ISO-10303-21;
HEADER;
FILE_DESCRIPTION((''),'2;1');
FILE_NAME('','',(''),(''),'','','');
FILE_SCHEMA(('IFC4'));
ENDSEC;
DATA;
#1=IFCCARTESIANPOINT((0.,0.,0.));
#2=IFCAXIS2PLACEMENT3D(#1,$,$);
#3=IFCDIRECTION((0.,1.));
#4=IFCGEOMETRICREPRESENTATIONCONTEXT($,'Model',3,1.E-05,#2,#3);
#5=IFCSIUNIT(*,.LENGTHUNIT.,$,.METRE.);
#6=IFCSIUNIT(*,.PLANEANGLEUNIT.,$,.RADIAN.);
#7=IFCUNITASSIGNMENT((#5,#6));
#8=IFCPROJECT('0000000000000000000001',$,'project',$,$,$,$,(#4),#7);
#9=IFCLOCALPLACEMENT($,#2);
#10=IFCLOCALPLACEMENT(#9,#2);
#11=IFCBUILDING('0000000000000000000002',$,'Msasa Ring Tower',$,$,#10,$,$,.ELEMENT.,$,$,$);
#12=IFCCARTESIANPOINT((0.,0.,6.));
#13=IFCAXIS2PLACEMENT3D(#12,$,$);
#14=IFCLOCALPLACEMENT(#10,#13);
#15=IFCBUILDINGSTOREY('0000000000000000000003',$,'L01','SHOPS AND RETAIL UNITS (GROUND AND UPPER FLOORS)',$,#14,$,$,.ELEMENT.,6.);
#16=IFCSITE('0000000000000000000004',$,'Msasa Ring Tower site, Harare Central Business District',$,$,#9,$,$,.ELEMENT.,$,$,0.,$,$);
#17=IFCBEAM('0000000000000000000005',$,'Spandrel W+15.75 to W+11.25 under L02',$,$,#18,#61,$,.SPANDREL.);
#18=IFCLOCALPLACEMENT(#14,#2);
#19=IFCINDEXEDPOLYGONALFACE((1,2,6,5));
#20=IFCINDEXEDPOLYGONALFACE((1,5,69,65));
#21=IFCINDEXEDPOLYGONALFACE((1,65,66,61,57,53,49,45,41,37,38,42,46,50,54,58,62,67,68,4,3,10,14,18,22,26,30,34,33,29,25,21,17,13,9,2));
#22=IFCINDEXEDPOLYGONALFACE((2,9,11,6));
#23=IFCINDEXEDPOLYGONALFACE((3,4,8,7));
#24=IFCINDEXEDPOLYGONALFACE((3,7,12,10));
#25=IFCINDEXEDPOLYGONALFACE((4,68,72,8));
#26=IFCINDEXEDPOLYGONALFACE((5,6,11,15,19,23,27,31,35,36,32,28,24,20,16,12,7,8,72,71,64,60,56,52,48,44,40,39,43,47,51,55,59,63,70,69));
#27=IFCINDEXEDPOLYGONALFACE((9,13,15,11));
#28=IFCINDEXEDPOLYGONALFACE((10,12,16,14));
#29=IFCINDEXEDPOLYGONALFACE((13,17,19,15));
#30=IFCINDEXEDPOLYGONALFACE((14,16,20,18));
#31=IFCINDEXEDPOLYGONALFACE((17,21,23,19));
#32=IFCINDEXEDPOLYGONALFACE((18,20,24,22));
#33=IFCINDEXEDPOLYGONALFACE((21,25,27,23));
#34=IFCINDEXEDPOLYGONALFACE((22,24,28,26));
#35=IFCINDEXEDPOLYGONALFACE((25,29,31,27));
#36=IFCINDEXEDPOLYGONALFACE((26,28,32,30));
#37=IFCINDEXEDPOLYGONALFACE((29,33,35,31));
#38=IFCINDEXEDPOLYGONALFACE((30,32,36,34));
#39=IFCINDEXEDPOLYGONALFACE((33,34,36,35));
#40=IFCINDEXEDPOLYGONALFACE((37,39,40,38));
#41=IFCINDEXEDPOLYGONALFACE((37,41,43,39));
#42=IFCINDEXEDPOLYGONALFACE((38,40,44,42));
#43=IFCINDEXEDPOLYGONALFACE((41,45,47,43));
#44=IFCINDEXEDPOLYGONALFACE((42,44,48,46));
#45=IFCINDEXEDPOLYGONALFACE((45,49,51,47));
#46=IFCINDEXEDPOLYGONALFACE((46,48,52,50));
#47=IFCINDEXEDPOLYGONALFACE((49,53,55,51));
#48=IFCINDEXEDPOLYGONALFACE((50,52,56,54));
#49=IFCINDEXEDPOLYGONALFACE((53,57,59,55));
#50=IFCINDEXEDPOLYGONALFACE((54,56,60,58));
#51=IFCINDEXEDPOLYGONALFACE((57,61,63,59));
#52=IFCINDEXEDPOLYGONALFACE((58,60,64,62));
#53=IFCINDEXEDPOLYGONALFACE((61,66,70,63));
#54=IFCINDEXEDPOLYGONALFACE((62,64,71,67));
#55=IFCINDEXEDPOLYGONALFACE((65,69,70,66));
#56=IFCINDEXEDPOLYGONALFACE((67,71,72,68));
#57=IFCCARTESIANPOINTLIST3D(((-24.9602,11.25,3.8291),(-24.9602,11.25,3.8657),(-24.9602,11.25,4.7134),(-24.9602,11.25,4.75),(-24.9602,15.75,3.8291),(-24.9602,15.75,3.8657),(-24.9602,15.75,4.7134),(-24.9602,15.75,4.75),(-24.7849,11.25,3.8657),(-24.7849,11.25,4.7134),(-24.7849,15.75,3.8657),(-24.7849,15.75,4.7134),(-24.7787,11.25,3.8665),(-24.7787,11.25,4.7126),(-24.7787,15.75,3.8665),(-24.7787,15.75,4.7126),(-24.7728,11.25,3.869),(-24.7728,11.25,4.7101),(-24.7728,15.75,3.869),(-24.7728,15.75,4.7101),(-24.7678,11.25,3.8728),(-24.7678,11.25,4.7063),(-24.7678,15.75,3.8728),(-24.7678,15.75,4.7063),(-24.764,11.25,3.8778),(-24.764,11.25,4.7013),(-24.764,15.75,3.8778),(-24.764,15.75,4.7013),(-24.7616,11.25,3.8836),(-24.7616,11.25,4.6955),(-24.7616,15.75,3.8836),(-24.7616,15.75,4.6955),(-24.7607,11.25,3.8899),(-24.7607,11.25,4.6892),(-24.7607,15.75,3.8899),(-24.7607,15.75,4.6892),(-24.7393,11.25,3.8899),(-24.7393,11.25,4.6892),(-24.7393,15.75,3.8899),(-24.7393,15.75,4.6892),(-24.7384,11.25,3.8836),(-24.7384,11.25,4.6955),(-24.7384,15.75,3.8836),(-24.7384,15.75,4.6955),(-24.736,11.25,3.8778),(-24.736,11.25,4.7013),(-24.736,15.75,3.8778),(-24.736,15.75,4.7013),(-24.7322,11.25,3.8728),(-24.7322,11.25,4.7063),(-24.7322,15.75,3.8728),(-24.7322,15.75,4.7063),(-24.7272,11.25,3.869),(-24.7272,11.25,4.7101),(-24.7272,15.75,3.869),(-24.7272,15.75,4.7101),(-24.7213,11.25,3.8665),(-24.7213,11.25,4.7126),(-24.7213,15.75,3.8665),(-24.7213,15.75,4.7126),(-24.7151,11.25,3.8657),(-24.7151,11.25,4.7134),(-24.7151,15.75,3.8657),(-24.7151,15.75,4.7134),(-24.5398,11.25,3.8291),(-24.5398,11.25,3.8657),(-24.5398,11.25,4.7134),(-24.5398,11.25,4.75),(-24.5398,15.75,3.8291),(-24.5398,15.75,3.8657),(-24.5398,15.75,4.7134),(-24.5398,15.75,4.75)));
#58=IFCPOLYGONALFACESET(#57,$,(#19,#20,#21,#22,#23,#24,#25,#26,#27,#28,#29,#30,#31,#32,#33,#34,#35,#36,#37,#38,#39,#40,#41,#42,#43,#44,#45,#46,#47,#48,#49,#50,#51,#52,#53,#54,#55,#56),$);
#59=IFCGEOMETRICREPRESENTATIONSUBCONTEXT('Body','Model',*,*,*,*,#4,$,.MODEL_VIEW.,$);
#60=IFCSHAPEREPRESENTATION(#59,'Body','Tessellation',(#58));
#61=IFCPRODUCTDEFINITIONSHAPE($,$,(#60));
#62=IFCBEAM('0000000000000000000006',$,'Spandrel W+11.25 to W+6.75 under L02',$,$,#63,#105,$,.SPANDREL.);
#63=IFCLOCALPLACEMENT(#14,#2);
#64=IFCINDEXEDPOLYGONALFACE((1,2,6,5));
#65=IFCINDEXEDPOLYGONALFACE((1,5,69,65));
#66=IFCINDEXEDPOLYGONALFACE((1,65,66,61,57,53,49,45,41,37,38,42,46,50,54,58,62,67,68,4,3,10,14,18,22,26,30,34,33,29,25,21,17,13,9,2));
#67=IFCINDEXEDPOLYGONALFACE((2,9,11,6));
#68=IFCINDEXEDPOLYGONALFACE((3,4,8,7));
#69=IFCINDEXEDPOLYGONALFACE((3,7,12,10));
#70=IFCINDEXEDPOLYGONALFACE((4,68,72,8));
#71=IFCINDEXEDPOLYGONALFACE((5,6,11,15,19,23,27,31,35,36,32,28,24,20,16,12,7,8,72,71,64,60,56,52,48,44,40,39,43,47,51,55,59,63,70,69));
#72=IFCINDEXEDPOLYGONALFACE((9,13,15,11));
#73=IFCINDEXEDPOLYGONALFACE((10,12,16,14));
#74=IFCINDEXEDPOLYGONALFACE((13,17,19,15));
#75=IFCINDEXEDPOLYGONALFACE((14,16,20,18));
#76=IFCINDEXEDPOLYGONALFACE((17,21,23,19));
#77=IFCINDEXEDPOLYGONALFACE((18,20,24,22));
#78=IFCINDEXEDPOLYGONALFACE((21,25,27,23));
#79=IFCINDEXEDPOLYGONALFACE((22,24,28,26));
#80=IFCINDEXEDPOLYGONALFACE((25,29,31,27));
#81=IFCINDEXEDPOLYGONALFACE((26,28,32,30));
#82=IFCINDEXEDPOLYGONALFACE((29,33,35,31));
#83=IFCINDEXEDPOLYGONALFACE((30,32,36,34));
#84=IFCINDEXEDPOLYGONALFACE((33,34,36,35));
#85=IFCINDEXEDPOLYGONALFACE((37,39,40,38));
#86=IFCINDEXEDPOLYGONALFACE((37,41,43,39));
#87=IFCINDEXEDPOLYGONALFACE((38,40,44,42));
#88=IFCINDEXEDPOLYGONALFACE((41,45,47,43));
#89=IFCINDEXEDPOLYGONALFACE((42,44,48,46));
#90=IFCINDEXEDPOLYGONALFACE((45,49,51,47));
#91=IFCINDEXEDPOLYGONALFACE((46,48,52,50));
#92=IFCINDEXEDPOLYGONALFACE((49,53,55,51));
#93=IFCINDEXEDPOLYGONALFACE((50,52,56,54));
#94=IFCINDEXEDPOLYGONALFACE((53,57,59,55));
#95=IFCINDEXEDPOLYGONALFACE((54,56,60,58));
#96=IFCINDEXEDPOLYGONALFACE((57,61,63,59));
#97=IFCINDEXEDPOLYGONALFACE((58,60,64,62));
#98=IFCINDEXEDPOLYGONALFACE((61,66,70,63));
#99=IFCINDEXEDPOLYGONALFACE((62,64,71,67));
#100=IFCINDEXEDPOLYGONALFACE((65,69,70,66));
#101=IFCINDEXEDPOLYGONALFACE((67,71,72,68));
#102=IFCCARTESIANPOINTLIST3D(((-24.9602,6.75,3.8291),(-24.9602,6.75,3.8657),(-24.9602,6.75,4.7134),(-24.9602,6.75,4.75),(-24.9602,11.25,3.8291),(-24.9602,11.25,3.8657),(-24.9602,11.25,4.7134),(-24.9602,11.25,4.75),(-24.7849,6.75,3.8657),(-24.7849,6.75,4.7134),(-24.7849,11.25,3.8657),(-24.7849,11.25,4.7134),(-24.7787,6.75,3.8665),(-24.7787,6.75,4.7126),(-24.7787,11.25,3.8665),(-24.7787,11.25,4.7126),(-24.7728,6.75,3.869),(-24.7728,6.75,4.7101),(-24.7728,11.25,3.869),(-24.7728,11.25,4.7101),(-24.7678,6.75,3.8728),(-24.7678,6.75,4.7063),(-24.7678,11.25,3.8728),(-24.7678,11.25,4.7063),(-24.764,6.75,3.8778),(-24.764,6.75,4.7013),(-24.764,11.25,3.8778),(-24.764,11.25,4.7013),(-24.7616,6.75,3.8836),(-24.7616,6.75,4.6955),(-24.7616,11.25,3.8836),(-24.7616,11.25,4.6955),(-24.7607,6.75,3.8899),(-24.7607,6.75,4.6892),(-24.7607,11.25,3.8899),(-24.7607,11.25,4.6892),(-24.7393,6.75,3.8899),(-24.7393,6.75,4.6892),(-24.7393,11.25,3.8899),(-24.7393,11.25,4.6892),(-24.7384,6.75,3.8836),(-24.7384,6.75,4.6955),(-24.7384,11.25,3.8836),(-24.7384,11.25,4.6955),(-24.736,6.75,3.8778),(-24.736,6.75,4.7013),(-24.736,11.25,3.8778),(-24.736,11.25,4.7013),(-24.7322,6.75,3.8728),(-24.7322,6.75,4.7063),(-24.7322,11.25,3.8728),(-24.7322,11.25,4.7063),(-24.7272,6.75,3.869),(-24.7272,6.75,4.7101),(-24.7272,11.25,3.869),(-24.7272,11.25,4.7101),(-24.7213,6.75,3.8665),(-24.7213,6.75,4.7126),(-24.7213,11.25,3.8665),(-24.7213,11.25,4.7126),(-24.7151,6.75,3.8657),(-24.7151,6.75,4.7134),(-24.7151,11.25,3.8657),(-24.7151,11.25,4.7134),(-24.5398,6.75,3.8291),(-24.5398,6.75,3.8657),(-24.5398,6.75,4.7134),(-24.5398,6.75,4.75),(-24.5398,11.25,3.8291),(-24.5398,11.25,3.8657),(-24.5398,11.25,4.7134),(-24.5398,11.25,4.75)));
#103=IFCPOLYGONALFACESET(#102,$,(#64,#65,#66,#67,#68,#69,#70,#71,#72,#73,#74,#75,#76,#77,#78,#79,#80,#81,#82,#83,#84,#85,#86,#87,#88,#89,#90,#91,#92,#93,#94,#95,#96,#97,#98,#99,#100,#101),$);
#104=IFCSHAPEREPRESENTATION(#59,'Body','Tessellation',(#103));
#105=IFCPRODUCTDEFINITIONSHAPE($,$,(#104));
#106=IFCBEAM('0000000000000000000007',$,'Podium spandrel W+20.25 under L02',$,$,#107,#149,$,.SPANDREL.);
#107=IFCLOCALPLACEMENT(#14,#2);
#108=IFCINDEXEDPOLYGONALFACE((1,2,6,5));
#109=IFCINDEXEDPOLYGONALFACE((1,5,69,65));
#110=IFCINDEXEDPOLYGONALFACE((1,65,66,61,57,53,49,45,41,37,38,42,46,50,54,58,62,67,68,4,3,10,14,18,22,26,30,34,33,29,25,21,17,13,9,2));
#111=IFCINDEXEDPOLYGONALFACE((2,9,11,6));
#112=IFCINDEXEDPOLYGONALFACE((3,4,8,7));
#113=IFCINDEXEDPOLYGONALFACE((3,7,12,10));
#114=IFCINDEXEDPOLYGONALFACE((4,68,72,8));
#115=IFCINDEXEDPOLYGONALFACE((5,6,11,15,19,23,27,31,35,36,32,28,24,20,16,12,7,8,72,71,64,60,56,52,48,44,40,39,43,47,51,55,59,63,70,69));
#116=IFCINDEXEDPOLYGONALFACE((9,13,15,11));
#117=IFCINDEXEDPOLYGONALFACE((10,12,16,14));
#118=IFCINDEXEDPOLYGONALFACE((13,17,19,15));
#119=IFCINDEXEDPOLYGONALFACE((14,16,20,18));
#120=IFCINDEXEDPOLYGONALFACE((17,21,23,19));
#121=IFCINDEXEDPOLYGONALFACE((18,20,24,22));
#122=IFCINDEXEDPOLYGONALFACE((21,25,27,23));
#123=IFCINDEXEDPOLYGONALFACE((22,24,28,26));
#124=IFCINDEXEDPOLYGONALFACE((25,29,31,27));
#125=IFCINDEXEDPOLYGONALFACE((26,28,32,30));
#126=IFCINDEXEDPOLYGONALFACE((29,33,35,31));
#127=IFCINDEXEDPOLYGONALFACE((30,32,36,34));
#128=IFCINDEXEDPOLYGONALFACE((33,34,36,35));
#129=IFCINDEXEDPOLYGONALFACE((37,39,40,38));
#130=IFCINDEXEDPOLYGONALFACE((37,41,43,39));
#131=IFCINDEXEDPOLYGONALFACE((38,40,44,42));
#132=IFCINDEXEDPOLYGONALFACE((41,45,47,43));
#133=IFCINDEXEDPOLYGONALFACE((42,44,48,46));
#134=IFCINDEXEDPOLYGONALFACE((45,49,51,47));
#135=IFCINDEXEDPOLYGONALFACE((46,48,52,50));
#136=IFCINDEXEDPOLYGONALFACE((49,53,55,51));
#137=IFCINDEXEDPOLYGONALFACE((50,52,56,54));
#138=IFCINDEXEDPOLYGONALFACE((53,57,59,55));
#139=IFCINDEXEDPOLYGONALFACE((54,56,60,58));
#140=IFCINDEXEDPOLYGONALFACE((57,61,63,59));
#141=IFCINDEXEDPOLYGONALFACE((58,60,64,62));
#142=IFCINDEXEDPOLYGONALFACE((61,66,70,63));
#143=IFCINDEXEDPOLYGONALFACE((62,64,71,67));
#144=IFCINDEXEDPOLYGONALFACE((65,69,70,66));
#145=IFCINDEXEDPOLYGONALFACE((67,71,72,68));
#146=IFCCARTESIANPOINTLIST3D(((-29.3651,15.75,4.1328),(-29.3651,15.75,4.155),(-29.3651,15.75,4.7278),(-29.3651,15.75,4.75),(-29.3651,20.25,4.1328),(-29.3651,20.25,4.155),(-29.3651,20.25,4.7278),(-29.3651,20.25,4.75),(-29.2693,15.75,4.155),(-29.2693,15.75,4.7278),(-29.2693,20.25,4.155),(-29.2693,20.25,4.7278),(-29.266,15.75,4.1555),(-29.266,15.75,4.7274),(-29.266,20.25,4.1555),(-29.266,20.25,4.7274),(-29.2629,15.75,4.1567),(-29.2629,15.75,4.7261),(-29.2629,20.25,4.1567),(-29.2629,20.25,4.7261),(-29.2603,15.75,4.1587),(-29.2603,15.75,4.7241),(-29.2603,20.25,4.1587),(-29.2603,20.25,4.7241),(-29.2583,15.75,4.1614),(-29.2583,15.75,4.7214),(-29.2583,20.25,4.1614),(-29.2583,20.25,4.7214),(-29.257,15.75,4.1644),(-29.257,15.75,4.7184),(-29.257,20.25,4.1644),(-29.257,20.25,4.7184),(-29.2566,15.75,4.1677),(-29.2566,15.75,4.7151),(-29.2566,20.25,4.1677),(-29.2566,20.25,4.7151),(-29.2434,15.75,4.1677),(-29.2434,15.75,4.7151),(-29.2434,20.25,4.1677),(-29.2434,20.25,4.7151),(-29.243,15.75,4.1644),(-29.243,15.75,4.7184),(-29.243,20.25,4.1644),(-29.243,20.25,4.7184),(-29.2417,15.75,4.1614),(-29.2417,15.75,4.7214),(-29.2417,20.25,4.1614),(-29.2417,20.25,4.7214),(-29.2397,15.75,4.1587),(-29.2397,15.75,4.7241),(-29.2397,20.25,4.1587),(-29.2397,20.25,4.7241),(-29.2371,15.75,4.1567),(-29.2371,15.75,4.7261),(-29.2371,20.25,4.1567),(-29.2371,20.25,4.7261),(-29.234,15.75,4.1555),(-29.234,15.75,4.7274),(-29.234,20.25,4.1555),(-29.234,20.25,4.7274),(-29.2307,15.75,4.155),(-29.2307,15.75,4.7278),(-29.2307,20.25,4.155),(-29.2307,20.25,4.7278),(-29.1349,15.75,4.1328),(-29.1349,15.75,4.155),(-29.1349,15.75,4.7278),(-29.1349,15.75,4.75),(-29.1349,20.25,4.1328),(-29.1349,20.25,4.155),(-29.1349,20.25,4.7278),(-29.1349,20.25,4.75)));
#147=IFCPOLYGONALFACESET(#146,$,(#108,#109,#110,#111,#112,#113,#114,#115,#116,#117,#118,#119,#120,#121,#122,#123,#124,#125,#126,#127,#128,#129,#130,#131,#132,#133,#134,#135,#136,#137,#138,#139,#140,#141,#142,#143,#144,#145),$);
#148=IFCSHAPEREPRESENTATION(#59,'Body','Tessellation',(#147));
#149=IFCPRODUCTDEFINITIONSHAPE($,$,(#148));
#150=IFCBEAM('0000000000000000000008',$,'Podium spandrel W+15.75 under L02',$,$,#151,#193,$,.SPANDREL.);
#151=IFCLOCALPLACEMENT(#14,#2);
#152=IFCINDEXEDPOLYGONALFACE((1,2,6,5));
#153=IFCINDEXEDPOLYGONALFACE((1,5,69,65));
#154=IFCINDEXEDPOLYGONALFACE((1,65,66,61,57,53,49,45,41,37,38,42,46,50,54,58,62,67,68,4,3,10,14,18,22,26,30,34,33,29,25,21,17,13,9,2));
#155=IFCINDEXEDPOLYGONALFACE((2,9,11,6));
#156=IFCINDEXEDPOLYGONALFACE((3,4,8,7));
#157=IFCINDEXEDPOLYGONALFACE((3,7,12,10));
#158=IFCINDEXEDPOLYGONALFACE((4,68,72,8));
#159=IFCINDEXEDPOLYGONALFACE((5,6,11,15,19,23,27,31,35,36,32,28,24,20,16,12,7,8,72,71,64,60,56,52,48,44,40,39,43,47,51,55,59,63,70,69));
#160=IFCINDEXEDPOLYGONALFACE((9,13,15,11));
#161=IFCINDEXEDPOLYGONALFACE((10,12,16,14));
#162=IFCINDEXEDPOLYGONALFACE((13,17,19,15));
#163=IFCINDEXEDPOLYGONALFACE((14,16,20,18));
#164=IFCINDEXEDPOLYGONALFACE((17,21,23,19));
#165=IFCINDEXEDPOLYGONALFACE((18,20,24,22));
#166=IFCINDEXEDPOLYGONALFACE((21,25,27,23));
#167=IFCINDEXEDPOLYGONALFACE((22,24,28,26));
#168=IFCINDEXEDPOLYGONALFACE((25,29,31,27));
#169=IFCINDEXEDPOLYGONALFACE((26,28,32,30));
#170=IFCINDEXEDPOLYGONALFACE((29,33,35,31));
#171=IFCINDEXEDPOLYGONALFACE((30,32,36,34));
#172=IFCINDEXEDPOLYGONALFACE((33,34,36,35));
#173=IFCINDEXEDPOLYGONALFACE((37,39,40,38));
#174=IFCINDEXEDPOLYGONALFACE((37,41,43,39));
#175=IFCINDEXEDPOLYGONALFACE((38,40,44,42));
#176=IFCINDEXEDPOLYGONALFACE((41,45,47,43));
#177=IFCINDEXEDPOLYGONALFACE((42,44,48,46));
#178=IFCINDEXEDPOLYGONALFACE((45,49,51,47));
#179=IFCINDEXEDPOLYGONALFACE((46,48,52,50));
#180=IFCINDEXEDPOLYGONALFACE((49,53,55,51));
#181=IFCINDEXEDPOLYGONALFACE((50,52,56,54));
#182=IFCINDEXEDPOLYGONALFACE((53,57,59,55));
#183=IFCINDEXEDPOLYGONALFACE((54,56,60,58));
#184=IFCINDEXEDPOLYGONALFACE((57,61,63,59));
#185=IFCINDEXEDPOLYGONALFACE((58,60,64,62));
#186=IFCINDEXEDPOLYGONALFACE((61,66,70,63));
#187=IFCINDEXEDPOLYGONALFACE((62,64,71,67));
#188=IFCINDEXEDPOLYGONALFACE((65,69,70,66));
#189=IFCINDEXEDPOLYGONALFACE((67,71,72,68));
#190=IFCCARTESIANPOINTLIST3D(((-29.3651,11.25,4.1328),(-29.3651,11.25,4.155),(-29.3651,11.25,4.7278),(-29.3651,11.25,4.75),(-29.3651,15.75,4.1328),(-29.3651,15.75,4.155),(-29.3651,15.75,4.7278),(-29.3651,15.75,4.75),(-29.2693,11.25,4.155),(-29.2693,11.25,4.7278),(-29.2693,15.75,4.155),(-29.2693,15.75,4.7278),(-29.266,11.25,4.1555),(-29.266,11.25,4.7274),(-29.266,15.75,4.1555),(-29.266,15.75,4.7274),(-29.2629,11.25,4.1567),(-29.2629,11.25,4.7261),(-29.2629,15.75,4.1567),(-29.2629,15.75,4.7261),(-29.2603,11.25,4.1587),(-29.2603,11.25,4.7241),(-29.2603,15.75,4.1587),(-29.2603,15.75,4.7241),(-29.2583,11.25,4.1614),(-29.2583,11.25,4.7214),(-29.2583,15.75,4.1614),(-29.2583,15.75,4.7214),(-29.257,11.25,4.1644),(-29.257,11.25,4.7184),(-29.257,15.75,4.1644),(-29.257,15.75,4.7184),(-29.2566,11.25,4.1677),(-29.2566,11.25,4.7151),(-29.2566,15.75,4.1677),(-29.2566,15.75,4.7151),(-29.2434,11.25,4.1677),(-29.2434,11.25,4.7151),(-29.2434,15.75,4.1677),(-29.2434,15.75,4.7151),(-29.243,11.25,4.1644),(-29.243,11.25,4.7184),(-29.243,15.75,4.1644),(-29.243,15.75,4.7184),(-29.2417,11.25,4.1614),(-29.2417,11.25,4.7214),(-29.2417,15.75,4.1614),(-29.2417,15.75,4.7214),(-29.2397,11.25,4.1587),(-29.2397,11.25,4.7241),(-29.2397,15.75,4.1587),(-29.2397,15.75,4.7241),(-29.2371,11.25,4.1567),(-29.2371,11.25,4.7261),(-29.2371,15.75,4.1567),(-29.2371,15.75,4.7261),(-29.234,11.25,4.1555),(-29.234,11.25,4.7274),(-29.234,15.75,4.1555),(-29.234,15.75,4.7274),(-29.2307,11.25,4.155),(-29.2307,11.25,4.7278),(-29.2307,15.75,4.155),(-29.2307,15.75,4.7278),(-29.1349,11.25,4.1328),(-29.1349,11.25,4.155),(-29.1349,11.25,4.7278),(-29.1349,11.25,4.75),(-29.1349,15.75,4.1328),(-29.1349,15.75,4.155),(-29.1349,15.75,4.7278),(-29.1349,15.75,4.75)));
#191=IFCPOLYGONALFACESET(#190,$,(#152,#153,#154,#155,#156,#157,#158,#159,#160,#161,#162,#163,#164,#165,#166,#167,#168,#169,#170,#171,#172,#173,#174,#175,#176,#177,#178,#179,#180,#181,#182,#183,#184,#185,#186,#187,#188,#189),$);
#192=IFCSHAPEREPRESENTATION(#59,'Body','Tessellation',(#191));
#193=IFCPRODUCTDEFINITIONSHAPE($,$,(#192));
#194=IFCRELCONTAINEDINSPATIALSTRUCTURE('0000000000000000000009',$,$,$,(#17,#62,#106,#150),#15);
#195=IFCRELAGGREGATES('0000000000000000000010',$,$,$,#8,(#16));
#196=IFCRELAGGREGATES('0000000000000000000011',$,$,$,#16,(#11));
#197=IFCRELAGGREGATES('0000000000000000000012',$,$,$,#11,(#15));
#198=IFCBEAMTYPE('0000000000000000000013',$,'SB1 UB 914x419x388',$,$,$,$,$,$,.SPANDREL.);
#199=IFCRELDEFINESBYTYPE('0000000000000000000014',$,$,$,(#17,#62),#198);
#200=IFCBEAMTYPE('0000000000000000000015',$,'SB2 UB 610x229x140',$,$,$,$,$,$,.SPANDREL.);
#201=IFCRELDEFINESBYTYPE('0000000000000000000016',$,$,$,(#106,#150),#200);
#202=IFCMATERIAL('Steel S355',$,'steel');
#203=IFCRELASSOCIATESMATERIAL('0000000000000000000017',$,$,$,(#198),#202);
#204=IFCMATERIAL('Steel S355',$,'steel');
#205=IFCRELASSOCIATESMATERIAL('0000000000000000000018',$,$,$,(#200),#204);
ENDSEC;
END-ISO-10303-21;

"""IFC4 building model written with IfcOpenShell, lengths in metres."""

from ifc_helpers import new_model, si_unit, direction, frame, origin, origin_2d, place, context, subcontext, project, spatial, i_section, extrude, material, material_profile, profile_set, type_object, element, save


model = new_model("IFC4")

# Units and contexts
model_context = context("Model", 3, precision=1e-05, world=origin(), true_north=direction((0.0, 1.0)))
body_context = subcontext(model_context, "Body", "Model", "MODEL_VIEW")
ifc_project = project(units=[si_unit("LENGTHUNIT", "METRE"), si_unit("PLANEANGLEUNIT", "RADIAN")], contexts=[model_context])

# Site, building, storey
site_placement = place(None, origin())
site = spatial("IfcSite", under=ifc_project, at=site_placement, Name="Msasa Ring Tower site, Harare Central Business District", CompositionType="ELEMENT", RefElevation=0.0)
building_placement = place(site_placement, origin())
building = spatial("IfcBuilding", under=site, at=building_placement, Name="Msasa Ring Tower", CompositionType="ELEMENT")
storey_placement = place(building_placement, frame((0.0, 0.0, 6.0)))
storey = spatial("IfcBuildingStorey", under=building, at=storey_placement, Name="L01", Description="SHOPS AND RETAIL UNITS (GROUND AND UPPER FLOORS)", CompositionType="ELEMENT", Elevation=6.0)

# Beams
ifc_material_1 = material(Name="Steel S355", Category="steel")
ifc_material_profile_1 = material_profile(ifc_material_1, i_section(OverallWidth=0.4204, OverallDepth=0.9209, WebThickness=0.0215, FlangeThickness=0.0366, FilletRadius=0.0242, at=origin_2d()), Name="UB 914x419x388")
ifc_profile_set_1 = profile_set([ifc_material_profile_1], Name="Steel S355")
beam_type_1 = type_object("IfcBeamType", Name="SB1 UB 914x419x388", PredefinedType="SPANDREL", material=ifc_profile_set_1)
for number, where, z_axis, x_axis, name in (
    (1, (-24.75, 15.75, 4.2896), (0.0, -1.0, 0.0), (1.0, 0.0, 0.0), "Spandrel W+15.75 to W+11.25 under L02"),
    (2, (-24.75, 11.25, 4.2896), (0.0, -1.0, 0.0), (1.0, 0.0, 0.0), "Spandrel W+11.25 to W+6.75 under L02"),
):
    element("IfcBeam", number, at=place(storey_placement, frame(where, z_axis=z_axis, x_axis=x_axis)), inside=storey, type_object=beam_type_1, Name=name, PredefinedType="SPANDREL", context=body_context, shape_type="SweptSolid", body=[
        extrude(i_section(OverallWidth=0.4204, OverallDepth=0.9209, WebThickness=0.0215, FlangeThickness=0.0366, FilletRadius=0.0242, at=origin_2d()), origin(), (0.0, 0.0, 1.0), 4.5),
    ])
ifc_material_2 = material(Name="Steel S355", Category="steel")
ifc_material_profile_2 = material_profile(ifc_material_2, i_section(OverallWidth=0.2302, OverallDepth=0.6172, WebThickness=0.0132, FlangeThickness=0.0222, FilletRadius=0.0127, at=origin_2d()), Name="UB 610x229x140")
ifc_profile_set_2 = profile_set([ifc_material_profile_2], Name="Steel S355")
beam_type_2 = type_object("IfcBeamType", Name="SB2 UB 610x229x140", PredefinedType="SPANDREL", material=ifc_profile_set_2)
for number, where, z_axis, x_axis, name in (
    (3, (-29.25, 20.25, 4.4414), (0.0, -1.0, 0.0), (1.0, 0.0, 0.0), "Podium spandrel W+20.25 under L02"),
    (4, (-29.25, 15.75, 4.4414), (0.0, -1.0, 0.0), (1.0, 0.0, 0.0), "Podium spandrel W+15.75 under L02"),
):
    element("IfcBeam", number, at=place(storey_placement, frame(where, z_axis=z_axis, x_axis=x_axis)), inside=storey, type_object=beam_type_2, Name=name, PredefinedType="SPANDREL", context=body_context, shape_type="SweptSolid", body=[
        extrude(i_section(OverallWidth=0.2302, OverallDepth=0.6172, WebThickness=0.0132, FlangeThickness=0.0222, FilletRadius=0.0127, at=origin_2d()), origin(), (0.0, 0.0, 1.0), 4.5),
    ])

save(model, "model.ifc")
